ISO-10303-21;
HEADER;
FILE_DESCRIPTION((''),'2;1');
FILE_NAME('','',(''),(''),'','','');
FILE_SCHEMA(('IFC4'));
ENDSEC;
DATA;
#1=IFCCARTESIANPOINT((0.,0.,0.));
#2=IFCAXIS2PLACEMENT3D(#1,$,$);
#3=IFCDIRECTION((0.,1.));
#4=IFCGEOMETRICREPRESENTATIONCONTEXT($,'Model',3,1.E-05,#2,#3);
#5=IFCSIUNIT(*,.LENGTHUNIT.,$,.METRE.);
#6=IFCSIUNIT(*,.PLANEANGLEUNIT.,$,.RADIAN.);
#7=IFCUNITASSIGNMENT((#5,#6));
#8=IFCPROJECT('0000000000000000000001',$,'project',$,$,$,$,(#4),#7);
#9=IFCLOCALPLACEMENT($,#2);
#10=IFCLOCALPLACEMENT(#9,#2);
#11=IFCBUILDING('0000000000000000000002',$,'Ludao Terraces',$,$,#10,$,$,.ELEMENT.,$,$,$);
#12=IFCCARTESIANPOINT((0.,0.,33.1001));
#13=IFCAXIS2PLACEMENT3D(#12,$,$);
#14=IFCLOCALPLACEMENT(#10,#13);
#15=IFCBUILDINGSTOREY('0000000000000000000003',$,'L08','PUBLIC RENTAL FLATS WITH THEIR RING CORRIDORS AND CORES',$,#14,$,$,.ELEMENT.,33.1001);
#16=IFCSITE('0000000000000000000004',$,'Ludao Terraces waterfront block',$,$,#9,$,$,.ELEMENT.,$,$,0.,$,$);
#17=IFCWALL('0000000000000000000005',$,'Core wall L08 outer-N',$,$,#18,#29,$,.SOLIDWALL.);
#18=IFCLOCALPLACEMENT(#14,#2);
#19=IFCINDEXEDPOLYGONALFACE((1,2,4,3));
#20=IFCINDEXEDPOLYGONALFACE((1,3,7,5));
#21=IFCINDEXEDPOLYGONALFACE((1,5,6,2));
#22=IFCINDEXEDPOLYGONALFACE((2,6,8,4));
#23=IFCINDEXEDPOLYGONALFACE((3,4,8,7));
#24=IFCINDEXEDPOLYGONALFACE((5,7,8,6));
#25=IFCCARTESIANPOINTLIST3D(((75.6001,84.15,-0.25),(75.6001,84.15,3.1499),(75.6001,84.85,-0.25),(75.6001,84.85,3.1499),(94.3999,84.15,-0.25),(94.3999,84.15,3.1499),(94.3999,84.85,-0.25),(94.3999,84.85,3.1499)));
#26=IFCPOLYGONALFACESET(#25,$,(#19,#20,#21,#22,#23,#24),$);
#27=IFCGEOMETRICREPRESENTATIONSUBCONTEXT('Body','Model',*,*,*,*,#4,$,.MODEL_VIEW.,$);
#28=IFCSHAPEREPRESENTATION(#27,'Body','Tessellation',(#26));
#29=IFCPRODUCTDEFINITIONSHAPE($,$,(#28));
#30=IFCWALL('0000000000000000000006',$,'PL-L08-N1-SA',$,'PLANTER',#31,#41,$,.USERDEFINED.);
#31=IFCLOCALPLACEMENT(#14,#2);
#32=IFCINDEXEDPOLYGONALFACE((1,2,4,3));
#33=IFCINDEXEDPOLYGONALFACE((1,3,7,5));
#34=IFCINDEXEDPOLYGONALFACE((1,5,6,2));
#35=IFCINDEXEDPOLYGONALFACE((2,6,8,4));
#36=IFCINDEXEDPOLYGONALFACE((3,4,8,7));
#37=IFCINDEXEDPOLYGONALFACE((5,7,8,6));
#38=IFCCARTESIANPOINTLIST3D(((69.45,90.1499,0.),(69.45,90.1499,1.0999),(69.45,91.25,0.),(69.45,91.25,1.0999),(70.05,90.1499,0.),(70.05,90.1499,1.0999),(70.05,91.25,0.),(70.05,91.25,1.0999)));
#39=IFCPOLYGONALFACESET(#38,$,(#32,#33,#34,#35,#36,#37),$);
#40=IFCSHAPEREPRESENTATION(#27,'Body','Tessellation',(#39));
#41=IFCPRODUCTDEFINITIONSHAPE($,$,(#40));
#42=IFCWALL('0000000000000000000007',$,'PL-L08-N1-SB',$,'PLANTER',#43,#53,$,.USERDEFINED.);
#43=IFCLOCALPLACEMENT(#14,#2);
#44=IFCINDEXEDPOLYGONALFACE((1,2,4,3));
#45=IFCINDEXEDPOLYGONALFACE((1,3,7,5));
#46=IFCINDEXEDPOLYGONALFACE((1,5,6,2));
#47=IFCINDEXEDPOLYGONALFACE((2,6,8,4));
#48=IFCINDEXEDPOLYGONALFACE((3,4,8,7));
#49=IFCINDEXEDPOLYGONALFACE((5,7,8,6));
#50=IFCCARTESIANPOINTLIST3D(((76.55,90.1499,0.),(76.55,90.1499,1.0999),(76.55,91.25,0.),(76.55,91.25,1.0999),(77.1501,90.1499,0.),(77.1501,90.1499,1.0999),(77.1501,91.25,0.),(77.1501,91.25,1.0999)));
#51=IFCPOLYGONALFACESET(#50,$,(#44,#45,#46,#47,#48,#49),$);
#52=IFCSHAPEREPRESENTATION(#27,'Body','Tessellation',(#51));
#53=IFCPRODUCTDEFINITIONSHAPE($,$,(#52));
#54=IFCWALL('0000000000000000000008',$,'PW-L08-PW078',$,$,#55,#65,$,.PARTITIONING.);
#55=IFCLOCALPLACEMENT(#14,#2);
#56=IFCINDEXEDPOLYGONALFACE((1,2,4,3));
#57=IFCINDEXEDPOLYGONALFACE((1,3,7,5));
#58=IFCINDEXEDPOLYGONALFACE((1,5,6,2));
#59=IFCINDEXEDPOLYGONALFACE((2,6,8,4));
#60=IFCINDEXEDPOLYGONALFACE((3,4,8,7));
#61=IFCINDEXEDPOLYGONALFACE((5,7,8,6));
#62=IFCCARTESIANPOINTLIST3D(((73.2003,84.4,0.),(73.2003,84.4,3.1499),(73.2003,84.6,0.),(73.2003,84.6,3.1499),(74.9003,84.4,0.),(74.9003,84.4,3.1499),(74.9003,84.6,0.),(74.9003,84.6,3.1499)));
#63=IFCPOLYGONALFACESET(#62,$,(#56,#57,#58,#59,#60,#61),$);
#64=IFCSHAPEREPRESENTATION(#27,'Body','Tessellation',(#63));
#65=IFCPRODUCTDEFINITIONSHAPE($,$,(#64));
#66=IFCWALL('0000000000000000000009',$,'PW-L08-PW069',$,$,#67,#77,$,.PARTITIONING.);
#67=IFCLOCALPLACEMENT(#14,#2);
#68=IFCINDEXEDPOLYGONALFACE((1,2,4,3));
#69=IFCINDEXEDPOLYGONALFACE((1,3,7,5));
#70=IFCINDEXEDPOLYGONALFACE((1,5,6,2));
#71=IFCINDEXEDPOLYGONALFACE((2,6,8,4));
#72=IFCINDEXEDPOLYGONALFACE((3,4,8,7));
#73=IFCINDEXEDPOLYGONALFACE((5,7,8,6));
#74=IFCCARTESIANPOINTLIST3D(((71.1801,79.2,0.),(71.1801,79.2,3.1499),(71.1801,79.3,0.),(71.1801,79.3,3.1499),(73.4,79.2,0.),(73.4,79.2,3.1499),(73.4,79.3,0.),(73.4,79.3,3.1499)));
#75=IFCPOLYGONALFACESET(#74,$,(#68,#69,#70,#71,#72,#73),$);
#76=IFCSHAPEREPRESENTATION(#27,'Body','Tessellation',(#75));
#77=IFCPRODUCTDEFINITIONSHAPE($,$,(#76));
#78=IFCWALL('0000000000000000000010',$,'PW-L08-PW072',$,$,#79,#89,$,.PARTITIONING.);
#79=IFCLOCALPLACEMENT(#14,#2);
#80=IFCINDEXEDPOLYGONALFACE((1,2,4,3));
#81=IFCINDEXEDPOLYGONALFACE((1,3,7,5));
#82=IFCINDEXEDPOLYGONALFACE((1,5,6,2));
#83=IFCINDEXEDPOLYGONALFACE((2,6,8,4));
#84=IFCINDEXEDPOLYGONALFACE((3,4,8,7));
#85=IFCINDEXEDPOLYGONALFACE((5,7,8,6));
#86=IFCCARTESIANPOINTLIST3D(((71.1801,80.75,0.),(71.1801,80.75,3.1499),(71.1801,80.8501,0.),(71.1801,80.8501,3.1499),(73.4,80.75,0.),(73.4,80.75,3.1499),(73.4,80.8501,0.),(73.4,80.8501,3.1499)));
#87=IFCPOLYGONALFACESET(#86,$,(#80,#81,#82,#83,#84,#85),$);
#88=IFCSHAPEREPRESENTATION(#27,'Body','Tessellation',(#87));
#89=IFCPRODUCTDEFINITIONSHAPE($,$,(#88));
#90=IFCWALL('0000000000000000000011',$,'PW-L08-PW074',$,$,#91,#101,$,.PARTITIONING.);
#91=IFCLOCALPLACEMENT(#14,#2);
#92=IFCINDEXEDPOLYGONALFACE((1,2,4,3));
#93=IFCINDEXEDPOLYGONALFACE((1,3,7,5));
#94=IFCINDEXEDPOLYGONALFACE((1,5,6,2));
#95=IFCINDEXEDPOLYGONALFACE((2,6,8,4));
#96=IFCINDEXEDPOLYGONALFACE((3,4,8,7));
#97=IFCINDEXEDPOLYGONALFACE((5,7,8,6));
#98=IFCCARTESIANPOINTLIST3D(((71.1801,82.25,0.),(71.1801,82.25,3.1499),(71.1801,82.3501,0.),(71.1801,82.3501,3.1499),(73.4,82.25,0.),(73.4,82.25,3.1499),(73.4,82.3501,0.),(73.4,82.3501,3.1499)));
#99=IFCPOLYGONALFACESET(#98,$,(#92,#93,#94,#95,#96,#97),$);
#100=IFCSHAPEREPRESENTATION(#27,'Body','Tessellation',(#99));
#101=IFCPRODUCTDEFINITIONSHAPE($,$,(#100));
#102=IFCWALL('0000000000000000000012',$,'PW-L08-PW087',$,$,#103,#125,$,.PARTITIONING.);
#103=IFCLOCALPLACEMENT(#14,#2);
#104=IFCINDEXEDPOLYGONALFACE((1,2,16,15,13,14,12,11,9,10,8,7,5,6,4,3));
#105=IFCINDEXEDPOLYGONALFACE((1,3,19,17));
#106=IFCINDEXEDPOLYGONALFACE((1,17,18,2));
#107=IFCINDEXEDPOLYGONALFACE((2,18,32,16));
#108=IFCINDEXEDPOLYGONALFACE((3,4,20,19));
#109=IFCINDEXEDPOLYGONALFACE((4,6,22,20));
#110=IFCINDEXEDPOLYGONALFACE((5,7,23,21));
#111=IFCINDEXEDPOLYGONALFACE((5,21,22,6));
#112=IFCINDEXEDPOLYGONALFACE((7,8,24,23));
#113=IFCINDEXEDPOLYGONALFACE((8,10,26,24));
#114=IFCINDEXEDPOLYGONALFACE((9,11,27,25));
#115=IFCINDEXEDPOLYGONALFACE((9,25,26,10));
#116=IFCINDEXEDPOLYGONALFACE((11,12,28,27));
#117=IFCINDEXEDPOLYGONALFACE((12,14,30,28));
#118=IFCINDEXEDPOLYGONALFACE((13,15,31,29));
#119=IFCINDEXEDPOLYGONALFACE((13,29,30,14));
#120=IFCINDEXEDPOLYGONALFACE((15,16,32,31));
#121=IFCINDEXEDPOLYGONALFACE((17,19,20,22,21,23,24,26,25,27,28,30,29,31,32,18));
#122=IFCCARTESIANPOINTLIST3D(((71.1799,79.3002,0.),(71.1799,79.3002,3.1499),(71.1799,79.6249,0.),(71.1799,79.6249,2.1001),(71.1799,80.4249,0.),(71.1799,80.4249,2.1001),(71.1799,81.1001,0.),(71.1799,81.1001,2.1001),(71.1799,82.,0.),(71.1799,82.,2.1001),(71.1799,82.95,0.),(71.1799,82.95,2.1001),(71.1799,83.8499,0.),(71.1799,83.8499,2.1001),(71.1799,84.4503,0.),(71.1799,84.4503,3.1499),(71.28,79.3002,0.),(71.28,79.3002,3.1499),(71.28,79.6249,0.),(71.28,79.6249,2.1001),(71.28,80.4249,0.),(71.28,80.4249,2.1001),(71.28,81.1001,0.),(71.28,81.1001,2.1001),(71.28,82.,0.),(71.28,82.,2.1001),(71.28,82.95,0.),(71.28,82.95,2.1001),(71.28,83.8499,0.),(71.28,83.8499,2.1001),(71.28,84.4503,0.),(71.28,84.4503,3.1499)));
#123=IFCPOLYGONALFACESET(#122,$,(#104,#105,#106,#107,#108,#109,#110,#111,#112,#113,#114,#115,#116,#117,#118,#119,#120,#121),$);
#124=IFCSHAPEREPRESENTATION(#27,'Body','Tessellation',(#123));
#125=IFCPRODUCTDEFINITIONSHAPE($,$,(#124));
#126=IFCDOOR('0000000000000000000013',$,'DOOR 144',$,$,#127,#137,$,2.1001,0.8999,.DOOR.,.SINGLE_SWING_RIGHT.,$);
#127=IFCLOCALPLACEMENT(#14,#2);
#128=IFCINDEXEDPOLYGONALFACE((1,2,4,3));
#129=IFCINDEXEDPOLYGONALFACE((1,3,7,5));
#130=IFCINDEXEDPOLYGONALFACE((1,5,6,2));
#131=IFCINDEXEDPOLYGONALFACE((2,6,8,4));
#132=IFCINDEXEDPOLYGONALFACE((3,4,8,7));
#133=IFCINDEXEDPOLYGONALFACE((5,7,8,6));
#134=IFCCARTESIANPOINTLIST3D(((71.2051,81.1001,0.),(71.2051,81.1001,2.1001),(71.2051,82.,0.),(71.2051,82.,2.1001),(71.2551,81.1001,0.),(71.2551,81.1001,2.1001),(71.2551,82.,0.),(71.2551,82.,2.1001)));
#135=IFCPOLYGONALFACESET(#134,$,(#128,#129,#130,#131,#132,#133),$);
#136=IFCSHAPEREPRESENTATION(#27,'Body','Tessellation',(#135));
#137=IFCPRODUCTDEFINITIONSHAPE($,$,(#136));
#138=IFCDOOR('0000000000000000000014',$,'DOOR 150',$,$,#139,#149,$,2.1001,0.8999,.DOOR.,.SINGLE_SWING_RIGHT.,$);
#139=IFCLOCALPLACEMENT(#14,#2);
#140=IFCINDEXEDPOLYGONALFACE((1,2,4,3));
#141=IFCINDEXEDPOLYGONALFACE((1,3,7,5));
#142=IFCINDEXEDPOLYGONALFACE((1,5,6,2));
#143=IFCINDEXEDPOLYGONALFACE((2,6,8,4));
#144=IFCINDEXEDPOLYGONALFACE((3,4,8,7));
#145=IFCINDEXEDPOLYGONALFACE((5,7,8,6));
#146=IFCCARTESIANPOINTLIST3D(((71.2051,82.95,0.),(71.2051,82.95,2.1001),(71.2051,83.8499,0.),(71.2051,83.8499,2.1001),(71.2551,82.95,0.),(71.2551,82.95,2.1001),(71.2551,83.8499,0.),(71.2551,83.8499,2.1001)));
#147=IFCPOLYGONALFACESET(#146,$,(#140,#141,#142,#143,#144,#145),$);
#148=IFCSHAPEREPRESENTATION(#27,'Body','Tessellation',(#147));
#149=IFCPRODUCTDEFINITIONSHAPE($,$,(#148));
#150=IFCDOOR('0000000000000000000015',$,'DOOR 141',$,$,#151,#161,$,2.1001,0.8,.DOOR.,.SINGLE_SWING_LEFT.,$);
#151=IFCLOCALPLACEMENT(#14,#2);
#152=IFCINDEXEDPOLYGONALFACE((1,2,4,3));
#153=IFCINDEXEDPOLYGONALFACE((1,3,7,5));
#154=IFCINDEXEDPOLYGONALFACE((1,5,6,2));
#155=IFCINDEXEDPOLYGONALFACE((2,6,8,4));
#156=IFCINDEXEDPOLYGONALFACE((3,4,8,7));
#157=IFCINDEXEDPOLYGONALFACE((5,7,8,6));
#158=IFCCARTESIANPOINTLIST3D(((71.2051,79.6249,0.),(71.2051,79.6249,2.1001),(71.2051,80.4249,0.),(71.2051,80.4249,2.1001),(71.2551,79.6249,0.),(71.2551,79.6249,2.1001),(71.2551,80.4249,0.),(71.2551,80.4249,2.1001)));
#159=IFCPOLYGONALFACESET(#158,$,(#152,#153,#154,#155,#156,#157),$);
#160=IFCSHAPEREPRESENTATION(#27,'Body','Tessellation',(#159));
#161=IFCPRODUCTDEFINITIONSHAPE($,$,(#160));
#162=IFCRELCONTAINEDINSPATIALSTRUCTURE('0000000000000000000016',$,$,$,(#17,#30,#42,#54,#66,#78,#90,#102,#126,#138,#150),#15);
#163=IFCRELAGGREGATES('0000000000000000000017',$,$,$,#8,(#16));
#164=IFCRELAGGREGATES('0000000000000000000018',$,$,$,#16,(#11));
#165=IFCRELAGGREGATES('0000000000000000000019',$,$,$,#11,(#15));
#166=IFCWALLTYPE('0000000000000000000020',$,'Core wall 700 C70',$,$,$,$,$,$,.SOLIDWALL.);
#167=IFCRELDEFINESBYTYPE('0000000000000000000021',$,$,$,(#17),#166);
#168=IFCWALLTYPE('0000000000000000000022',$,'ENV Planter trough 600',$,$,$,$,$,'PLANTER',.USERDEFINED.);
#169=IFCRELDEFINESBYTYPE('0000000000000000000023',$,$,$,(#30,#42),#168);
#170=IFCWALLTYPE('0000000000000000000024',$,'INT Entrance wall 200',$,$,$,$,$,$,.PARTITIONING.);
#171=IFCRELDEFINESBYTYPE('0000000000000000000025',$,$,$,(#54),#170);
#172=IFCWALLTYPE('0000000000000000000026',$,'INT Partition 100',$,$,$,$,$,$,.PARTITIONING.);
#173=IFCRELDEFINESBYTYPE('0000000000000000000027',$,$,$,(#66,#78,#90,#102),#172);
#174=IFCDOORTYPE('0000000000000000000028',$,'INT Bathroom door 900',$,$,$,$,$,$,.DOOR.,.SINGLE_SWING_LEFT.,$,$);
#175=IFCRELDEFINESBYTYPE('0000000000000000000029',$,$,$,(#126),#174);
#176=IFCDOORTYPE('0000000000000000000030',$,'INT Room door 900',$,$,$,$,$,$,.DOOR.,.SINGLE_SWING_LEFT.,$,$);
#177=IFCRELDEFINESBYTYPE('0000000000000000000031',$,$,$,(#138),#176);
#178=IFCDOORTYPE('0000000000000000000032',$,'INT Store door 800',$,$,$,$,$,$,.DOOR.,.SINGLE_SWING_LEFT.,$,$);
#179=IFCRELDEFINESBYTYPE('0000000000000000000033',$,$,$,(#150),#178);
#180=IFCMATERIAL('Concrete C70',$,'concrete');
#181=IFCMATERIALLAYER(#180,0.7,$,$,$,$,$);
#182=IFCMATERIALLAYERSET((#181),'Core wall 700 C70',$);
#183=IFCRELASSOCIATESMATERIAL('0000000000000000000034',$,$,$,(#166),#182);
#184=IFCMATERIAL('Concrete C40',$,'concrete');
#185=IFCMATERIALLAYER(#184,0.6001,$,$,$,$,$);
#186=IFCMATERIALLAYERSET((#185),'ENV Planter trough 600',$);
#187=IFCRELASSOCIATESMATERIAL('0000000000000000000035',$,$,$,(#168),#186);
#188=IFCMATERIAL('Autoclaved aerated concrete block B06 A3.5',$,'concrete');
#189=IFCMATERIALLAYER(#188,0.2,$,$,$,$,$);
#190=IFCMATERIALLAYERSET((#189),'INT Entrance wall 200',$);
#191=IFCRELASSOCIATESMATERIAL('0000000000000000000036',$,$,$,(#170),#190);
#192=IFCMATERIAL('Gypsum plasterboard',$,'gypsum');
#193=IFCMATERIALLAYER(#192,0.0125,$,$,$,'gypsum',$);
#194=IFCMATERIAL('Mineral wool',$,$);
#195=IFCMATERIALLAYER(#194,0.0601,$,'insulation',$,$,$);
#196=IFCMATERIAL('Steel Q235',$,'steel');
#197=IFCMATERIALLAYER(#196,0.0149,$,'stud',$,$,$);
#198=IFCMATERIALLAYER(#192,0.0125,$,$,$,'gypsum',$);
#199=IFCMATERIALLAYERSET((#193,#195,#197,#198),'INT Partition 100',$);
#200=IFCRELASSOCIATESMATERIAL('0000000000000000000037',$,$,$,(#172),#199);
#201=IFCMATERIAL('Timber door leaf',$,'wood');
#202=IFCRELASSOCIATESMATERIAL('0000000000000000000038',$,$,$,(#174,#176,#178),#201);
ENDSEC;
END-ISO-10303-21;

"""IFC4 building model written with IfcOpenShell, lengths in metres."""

from ifc_helpers import new_model, si_unit, direction, frame, frame_2d, origin, place, context, subcontext, project, spatial, rectangle, extrude, material, layer, layer_set, type_object, element, fill, save


model = new_model("IFC4")

# Units and contexts
model_context = context("Model", 3, precision=1e-05, world=origin(), true_north=direction((0.0, 1.0)))
body_context = subcontext(model_context, "Body", "Model", "MODEL_VIEW")
ifc_project = project(units=[si_unit("LENGTHUNIT", "METRE"), si_unit("PLANEANGLEUNIT", "RADIAN")], contexts=[model_context])

# Site, building, storey
site_placement = place(None, origin())
site = spatial("IfcSite", under=ifc_project, at=site_placement, Name="Ludao Terraces waterfront block", CompositionType="ELEMENT", RefElevation=0.0)
building_placement = place(site_placement, origin())
building = spatial("IfcBuilding", under=site, at=building_placement, Name="Ludao Terraces", CompositionType="ELEMENT")
storey_placement = place(building_placement, frame((0.0, 0.0, 33.1001)))
storey = spatial("IfcBuildingStorey", under=building, at=storey_placement, Name="L08", Description="PUBLIC RENTAL FLATS WITH THEIR RING CORRIDORS AND CORES", CompositionType="ELEMENT", Elevation=33.1001)

# Walls
ifc_material_1 = material(Name="Concrete C70", Category="concrete")
ifc_layer_1 = layer(ifc_material_1, 0.7)
ifc_layer_set_1 = layer_set([ifc_layer_1], Name="Core wall 700 C70")
wall_type_1 = type_object("IfcWallType", Name="Core wall 700 C70", PredefinedType="SOLIDWALL", material=ifc_layer_set_1)
wall_1_placement = place(storey_placement, frame((75.6001, 84.5, -0.25), z_axis=(0.0, 0.0, 1.0), x_axis=(1.0, 0.0, 0.0)))
element("IfcWall", 1, at=wall_1_placement, inside=storey, type_object=wall_type_1, Name="Core wall L08 outer-N", PredefinedType="SOLIDWALL", context=body_context, shape_type="SweptSolid", body=[
    extrude(rectangle(XDim=18.7998, YDim=0.7, at=frame_2d((9.3999, 0.0))), origin(), (0.0, 0.0, 1.0), 3.3999),
])
ifc_material_2 = material(Name="Concrete C40", Category="concrete")
ifc_layer_2 = layer(ifc_material_2, 0.6001)
ifc_layer_set_2 = layer_set([ifc_layer_2], Name="ENV Planter trough 600")
wall_type_2 = type_object("IfcWallType", Name="ENV Planter trough 600", ElementType="PLANTER", PredefinedType="USERDEFINED", material=ifc_layer_set_2)
for number, where, z_axis, x_axis, name in (
    (2, (69.75, 91.25, 0.0), (0.0, 0.0, 1.0), (0.0, -1.0, 0.0), "PL-L08-N1-SA"),
    (3, (76.8501, 91.25, 0.0), (0.0, 0.0, 1.0), (0.0, -1.0, 0.0), "PL-L08-N1-SB"),
):
    element("IfcWall", number, at=place(storey_placement, frame(where, z_axis=z_axis, x_axis=x_axis)), inside=storey, type_object=wall_type_2, Name=name, ObjectType="PLANTER", PredefinedType="USERDEFINED", context=body_context, shape_type="SweptSolid", body=[
        extrude(rectangle(XDim=1.1001, YDim=0.6001, at=frame_2d((0.55, 0.0))), origin(), (0.0, 0.0, 1.0), 1.0999),
    ])

# Shared definitions
ifc_material_3 = material(Name="Mineral wool")

# Walls
ifc_material_4 = material(Name="Autoclaved aerated concrete block B06 A3.5", Category="concrete")
ifc_layer_3 = layer(ifc_material_4, 0.2)
ifc_layer_set_3 = layer_set([ifc_layer_3], Name="INT Entrance wall 200")
wall_type_3 = type_object("IfcWallType", Name="INT Entrance wall 200", PredefinedType="PARTITIONING", material=ifc_layer_set_3)
wall_2_placement = place(storey_placement, frame((73.2002, 84.5, 0.0), z_axis=(0.0, 0.0, 1.0), x_axis=(1.0, 0.0, 0.0)))
element("IfcWall", 4, at=wall_2_placement, inside=storey, type_object=wall_type_3, Name="PW-L08-PW078", PredefinedType="PARTITIONING", context=body_context, shape_type="SweptSolid", body=[
    extrude(rectangle(XDim=1.7, YDim=0.2, at=frame_2d((0.8501, 0.0))), origin(), (0.0, 0.0, 1.0), 3.1499),
])
ifc_material_5 = material(Name="Gypsum plasterboard", Category="gypsum")
ifc_layer_4 = layer(ifc_material_5, 0.0125, Category="gypsum")
ifc_layer_5 = layer(ifc_material_3, 0.0601, Name="insulation")
ifc_material_6 = material(Name="Steel Q235", Category="steel")
ifc_layer_6 = layer(ifc_material_6, 0.0149, Name="stud")
ifc_layer_7 = layer(ifc_material_5, 0.0125, Category="gypsum")
ifc_layer_set_4 = layer_set([ifc_layer_4, ifc_layer_5, ifc_layer_6, ifc_layer_7], Name="INT Partition 100")
wall_type_4 = type_object("IfcWallType", Name="INT Partition 100", PredefinedType="PARTITIONING", material=ifc_layer_set_4)
for number, where, z_axis, x_axis, name in (
    (5, (71.1802, 79.25, 0.0), (0.0, 0.0, 1.0), (1.0, 0.0, 0.0), "PW-L08-PW069"),
    (6, (71.1802, 80.8, 0.0), (0.0, 0.0, 1.0), (1.0, 0.0, 0.0), "PW-L08-PW072"),
    (7, (71.1802, 82.3, 0.0), (0.0, 0.0, 1.0), (1.0, 0.0, 0.0), "PW-L08-PW074"),
):
    element("IfcWall", number, at=place(storey_placement, frame(where, z_axis=z_axis, x_axis=x_axis)), inside=storey, type_object=wall_type_4, Name=name, PredefinedType="PARTITIONING", context=body_context, shape_type="SweptSolid", body=[
        extrude(rectangle(XDim=2.22, YDim=0.1001, at=frame_2d((1.1099, 0.0))), origin(), (0.0, 0.0, 1.0), 3.1499),
    ])

# Wall, openings, doors
wall_3_placement = place(storey_placement, frame((71.23, 79.3, 0.0), z_axis=(0.0, 0.0, 1.0), x_axis=(0.0, 1.0, 0.0)))
wall_3 = element("IfcWall", 8, at=wall_3_placement, inside=storey, type_object=wall_type_4, Name="PW-L08-PW087", PredefinedType="PARTITIONING", context=body_context, shape_type="SweptSolid", body=[
    extrude(rectangle(XDim=5.1501, YDim=0.1001, at=frame_2d((2.5752, 0.0))), origin(), (0.0, 0.0, 1.0), 3.1499),
])
opening_1_placement = place(wall_3_placement, frame((0.325, 0.0, 0.0)))
opening_1 = element("IfcOpeningElement", 9, at=opening_1_placement, cuts=wall_3, PredefinedType="OPENING", context=body_context, shape_type="SweptSolid", body=[
    extrude(rectangle(XDim=0.8, YDim=2.1001, at=frame_2d((0.3999, 1.05))), frame((0.0, 0.0601, 0.0), z_axis=(0.0, -1.0, 0.0), x_axis=(1.0, 0.0, 0.0)), (0.0, 0.0, 1.0), 0.1201),
])
opening_2_placement = place(wall_3_placement, frame((1.8, 0.0, 0.0)))
opening_2 = element("IfcOpeningElement", 10, at=opening_2_placement, cuts=wall_3, PredefinedType="OPENING", context=body_context, shape_type="SweptSolid", body=[
    extrude(rectangle(XDim=0.8999, YDim=2.1001, at=frame_2d((0.45, 1.05))), frame((0.0, 0.0601, 0.0), z_axis=(0.0, -1.0, 0.0), x_axis=(1.0, 0.0, 0.0)), (0.0, 0.0, 1.0), 0.1201),
])
opening_3_placement = place(wall_3_placement, frame((3.6499, 0.0, 0.0)))
opening_3 = element("IfcOpeningElement", 11, at=opening_3_placement, cuts=wall_3, PredefinedType="OPENING", context=body_context, shape_type="SweptSolid", body=[
    extrude(rectangle(XDim=0.8999, YDim=2.1001, at=frame_2d((0.45, 1.05))), frame((0.0, 0.0601, 0.0), z_axis=(0.0, -1.0, 0.0), x_axis=(1.0, 0.0, 0.0)), (0.0, 0.0, 1.0), 0.1201),
])
ifc_material_7 = material(Name="Timber door leaf", Category="wood")
door_type_1 = type_object("IfcDoorType", Name="INT Bathroom door 900", OperationType="SINGLE_SWING_LEFT", PredefinedType="DOOR", material=ifc_material_7)
door_1_placement = place(opening_2_placement, origin())
door_1 = element("IfcDoor", 12, at=door_1_placement, inside=storey, type_object=door_type_1, Name="DOOR 144", OperationType="SINGLE_SWING_RIGHT", OverallHeight=2.1001, OverallWidth=0.8999, PredefinedType="DOOR", context=body_context, shape_type="SweptSolid", body=[
    extrude(rectangle(XDim=0.8999, YDim=2.1001, at=frame_2d((0.45, 1.05))), frame((0.0, 0.0249, 0.0), z_axis=(0.0, -1.0, 0.0), x_axis=(1.0, 0.0, 0.0)), (0.0, 0.0, 1.0), 0.05),
])
fill(opening_2, door_1)
door_type_2 = type_object("IfcDoorType", Name="INT Room door 900", OperationType="SINGLE_SWING_LEFT", PredefinedType="DOOR", material=ifc_material_7)
door_2_placement = place(opening_3_placement, origin())
door_2 = element("IfcDoor", 13, at=door_2_placement, inside=storey, type_object=door_type_2, Name="DOOR 150", OperationType="SINGLE_SWING_RIGHT", OverallHeight=2.1001, OverallWidth=0.8999, PredefinedType="DOOR", context=body_context, shape_type="SweptSolid", body=[
    extrude(rectangle(XDim=0.8999, YDim=2.1001, at=frame_2d((0.45, 1.05))), frame((0.0, 0.0249, 0.0), z_axis=(0.0, -1.0, 0.0), x_axis=(1.0, 0.0, 0.0)), (0.0, 0.0, 1.0), 0.05),
])
fill(opening_3, door_2)
door_type_3 = type_object("IfcDoorType", Name="INT Store door 800", OperationType="SINGLE_SWING_LEFT", PredefinedType="DOOR", material=ifc_material_7)
door_3_placement = place(opening_1_placement, origin())
door_3 = element("IfcDoor", 14, at=door_3_placement, inside=storey, type_object=door_type_3, Name="DOOR 141", OperationType="SINGLE_SWING_LEFT", OverallHeight=2.1001, OverallWidth=0.8, PredefinedType="DOOR", context=body_context, shape_type="SweptSolid", body=[
    extrude(rectangle(XDim=0.8, YDim=2.1001, at=frame_2d((0.3999, 1.05))), frame((0.0, 0.0249, 0.0), z_axis=(0.0, -1.0, 0.0), x_axis=(1.0, 0.0, 0.0)), (0.0, 0.0, 1.0), 0.05),
])
fill(opening_1, door_3)

save(model, "model.ifc")
